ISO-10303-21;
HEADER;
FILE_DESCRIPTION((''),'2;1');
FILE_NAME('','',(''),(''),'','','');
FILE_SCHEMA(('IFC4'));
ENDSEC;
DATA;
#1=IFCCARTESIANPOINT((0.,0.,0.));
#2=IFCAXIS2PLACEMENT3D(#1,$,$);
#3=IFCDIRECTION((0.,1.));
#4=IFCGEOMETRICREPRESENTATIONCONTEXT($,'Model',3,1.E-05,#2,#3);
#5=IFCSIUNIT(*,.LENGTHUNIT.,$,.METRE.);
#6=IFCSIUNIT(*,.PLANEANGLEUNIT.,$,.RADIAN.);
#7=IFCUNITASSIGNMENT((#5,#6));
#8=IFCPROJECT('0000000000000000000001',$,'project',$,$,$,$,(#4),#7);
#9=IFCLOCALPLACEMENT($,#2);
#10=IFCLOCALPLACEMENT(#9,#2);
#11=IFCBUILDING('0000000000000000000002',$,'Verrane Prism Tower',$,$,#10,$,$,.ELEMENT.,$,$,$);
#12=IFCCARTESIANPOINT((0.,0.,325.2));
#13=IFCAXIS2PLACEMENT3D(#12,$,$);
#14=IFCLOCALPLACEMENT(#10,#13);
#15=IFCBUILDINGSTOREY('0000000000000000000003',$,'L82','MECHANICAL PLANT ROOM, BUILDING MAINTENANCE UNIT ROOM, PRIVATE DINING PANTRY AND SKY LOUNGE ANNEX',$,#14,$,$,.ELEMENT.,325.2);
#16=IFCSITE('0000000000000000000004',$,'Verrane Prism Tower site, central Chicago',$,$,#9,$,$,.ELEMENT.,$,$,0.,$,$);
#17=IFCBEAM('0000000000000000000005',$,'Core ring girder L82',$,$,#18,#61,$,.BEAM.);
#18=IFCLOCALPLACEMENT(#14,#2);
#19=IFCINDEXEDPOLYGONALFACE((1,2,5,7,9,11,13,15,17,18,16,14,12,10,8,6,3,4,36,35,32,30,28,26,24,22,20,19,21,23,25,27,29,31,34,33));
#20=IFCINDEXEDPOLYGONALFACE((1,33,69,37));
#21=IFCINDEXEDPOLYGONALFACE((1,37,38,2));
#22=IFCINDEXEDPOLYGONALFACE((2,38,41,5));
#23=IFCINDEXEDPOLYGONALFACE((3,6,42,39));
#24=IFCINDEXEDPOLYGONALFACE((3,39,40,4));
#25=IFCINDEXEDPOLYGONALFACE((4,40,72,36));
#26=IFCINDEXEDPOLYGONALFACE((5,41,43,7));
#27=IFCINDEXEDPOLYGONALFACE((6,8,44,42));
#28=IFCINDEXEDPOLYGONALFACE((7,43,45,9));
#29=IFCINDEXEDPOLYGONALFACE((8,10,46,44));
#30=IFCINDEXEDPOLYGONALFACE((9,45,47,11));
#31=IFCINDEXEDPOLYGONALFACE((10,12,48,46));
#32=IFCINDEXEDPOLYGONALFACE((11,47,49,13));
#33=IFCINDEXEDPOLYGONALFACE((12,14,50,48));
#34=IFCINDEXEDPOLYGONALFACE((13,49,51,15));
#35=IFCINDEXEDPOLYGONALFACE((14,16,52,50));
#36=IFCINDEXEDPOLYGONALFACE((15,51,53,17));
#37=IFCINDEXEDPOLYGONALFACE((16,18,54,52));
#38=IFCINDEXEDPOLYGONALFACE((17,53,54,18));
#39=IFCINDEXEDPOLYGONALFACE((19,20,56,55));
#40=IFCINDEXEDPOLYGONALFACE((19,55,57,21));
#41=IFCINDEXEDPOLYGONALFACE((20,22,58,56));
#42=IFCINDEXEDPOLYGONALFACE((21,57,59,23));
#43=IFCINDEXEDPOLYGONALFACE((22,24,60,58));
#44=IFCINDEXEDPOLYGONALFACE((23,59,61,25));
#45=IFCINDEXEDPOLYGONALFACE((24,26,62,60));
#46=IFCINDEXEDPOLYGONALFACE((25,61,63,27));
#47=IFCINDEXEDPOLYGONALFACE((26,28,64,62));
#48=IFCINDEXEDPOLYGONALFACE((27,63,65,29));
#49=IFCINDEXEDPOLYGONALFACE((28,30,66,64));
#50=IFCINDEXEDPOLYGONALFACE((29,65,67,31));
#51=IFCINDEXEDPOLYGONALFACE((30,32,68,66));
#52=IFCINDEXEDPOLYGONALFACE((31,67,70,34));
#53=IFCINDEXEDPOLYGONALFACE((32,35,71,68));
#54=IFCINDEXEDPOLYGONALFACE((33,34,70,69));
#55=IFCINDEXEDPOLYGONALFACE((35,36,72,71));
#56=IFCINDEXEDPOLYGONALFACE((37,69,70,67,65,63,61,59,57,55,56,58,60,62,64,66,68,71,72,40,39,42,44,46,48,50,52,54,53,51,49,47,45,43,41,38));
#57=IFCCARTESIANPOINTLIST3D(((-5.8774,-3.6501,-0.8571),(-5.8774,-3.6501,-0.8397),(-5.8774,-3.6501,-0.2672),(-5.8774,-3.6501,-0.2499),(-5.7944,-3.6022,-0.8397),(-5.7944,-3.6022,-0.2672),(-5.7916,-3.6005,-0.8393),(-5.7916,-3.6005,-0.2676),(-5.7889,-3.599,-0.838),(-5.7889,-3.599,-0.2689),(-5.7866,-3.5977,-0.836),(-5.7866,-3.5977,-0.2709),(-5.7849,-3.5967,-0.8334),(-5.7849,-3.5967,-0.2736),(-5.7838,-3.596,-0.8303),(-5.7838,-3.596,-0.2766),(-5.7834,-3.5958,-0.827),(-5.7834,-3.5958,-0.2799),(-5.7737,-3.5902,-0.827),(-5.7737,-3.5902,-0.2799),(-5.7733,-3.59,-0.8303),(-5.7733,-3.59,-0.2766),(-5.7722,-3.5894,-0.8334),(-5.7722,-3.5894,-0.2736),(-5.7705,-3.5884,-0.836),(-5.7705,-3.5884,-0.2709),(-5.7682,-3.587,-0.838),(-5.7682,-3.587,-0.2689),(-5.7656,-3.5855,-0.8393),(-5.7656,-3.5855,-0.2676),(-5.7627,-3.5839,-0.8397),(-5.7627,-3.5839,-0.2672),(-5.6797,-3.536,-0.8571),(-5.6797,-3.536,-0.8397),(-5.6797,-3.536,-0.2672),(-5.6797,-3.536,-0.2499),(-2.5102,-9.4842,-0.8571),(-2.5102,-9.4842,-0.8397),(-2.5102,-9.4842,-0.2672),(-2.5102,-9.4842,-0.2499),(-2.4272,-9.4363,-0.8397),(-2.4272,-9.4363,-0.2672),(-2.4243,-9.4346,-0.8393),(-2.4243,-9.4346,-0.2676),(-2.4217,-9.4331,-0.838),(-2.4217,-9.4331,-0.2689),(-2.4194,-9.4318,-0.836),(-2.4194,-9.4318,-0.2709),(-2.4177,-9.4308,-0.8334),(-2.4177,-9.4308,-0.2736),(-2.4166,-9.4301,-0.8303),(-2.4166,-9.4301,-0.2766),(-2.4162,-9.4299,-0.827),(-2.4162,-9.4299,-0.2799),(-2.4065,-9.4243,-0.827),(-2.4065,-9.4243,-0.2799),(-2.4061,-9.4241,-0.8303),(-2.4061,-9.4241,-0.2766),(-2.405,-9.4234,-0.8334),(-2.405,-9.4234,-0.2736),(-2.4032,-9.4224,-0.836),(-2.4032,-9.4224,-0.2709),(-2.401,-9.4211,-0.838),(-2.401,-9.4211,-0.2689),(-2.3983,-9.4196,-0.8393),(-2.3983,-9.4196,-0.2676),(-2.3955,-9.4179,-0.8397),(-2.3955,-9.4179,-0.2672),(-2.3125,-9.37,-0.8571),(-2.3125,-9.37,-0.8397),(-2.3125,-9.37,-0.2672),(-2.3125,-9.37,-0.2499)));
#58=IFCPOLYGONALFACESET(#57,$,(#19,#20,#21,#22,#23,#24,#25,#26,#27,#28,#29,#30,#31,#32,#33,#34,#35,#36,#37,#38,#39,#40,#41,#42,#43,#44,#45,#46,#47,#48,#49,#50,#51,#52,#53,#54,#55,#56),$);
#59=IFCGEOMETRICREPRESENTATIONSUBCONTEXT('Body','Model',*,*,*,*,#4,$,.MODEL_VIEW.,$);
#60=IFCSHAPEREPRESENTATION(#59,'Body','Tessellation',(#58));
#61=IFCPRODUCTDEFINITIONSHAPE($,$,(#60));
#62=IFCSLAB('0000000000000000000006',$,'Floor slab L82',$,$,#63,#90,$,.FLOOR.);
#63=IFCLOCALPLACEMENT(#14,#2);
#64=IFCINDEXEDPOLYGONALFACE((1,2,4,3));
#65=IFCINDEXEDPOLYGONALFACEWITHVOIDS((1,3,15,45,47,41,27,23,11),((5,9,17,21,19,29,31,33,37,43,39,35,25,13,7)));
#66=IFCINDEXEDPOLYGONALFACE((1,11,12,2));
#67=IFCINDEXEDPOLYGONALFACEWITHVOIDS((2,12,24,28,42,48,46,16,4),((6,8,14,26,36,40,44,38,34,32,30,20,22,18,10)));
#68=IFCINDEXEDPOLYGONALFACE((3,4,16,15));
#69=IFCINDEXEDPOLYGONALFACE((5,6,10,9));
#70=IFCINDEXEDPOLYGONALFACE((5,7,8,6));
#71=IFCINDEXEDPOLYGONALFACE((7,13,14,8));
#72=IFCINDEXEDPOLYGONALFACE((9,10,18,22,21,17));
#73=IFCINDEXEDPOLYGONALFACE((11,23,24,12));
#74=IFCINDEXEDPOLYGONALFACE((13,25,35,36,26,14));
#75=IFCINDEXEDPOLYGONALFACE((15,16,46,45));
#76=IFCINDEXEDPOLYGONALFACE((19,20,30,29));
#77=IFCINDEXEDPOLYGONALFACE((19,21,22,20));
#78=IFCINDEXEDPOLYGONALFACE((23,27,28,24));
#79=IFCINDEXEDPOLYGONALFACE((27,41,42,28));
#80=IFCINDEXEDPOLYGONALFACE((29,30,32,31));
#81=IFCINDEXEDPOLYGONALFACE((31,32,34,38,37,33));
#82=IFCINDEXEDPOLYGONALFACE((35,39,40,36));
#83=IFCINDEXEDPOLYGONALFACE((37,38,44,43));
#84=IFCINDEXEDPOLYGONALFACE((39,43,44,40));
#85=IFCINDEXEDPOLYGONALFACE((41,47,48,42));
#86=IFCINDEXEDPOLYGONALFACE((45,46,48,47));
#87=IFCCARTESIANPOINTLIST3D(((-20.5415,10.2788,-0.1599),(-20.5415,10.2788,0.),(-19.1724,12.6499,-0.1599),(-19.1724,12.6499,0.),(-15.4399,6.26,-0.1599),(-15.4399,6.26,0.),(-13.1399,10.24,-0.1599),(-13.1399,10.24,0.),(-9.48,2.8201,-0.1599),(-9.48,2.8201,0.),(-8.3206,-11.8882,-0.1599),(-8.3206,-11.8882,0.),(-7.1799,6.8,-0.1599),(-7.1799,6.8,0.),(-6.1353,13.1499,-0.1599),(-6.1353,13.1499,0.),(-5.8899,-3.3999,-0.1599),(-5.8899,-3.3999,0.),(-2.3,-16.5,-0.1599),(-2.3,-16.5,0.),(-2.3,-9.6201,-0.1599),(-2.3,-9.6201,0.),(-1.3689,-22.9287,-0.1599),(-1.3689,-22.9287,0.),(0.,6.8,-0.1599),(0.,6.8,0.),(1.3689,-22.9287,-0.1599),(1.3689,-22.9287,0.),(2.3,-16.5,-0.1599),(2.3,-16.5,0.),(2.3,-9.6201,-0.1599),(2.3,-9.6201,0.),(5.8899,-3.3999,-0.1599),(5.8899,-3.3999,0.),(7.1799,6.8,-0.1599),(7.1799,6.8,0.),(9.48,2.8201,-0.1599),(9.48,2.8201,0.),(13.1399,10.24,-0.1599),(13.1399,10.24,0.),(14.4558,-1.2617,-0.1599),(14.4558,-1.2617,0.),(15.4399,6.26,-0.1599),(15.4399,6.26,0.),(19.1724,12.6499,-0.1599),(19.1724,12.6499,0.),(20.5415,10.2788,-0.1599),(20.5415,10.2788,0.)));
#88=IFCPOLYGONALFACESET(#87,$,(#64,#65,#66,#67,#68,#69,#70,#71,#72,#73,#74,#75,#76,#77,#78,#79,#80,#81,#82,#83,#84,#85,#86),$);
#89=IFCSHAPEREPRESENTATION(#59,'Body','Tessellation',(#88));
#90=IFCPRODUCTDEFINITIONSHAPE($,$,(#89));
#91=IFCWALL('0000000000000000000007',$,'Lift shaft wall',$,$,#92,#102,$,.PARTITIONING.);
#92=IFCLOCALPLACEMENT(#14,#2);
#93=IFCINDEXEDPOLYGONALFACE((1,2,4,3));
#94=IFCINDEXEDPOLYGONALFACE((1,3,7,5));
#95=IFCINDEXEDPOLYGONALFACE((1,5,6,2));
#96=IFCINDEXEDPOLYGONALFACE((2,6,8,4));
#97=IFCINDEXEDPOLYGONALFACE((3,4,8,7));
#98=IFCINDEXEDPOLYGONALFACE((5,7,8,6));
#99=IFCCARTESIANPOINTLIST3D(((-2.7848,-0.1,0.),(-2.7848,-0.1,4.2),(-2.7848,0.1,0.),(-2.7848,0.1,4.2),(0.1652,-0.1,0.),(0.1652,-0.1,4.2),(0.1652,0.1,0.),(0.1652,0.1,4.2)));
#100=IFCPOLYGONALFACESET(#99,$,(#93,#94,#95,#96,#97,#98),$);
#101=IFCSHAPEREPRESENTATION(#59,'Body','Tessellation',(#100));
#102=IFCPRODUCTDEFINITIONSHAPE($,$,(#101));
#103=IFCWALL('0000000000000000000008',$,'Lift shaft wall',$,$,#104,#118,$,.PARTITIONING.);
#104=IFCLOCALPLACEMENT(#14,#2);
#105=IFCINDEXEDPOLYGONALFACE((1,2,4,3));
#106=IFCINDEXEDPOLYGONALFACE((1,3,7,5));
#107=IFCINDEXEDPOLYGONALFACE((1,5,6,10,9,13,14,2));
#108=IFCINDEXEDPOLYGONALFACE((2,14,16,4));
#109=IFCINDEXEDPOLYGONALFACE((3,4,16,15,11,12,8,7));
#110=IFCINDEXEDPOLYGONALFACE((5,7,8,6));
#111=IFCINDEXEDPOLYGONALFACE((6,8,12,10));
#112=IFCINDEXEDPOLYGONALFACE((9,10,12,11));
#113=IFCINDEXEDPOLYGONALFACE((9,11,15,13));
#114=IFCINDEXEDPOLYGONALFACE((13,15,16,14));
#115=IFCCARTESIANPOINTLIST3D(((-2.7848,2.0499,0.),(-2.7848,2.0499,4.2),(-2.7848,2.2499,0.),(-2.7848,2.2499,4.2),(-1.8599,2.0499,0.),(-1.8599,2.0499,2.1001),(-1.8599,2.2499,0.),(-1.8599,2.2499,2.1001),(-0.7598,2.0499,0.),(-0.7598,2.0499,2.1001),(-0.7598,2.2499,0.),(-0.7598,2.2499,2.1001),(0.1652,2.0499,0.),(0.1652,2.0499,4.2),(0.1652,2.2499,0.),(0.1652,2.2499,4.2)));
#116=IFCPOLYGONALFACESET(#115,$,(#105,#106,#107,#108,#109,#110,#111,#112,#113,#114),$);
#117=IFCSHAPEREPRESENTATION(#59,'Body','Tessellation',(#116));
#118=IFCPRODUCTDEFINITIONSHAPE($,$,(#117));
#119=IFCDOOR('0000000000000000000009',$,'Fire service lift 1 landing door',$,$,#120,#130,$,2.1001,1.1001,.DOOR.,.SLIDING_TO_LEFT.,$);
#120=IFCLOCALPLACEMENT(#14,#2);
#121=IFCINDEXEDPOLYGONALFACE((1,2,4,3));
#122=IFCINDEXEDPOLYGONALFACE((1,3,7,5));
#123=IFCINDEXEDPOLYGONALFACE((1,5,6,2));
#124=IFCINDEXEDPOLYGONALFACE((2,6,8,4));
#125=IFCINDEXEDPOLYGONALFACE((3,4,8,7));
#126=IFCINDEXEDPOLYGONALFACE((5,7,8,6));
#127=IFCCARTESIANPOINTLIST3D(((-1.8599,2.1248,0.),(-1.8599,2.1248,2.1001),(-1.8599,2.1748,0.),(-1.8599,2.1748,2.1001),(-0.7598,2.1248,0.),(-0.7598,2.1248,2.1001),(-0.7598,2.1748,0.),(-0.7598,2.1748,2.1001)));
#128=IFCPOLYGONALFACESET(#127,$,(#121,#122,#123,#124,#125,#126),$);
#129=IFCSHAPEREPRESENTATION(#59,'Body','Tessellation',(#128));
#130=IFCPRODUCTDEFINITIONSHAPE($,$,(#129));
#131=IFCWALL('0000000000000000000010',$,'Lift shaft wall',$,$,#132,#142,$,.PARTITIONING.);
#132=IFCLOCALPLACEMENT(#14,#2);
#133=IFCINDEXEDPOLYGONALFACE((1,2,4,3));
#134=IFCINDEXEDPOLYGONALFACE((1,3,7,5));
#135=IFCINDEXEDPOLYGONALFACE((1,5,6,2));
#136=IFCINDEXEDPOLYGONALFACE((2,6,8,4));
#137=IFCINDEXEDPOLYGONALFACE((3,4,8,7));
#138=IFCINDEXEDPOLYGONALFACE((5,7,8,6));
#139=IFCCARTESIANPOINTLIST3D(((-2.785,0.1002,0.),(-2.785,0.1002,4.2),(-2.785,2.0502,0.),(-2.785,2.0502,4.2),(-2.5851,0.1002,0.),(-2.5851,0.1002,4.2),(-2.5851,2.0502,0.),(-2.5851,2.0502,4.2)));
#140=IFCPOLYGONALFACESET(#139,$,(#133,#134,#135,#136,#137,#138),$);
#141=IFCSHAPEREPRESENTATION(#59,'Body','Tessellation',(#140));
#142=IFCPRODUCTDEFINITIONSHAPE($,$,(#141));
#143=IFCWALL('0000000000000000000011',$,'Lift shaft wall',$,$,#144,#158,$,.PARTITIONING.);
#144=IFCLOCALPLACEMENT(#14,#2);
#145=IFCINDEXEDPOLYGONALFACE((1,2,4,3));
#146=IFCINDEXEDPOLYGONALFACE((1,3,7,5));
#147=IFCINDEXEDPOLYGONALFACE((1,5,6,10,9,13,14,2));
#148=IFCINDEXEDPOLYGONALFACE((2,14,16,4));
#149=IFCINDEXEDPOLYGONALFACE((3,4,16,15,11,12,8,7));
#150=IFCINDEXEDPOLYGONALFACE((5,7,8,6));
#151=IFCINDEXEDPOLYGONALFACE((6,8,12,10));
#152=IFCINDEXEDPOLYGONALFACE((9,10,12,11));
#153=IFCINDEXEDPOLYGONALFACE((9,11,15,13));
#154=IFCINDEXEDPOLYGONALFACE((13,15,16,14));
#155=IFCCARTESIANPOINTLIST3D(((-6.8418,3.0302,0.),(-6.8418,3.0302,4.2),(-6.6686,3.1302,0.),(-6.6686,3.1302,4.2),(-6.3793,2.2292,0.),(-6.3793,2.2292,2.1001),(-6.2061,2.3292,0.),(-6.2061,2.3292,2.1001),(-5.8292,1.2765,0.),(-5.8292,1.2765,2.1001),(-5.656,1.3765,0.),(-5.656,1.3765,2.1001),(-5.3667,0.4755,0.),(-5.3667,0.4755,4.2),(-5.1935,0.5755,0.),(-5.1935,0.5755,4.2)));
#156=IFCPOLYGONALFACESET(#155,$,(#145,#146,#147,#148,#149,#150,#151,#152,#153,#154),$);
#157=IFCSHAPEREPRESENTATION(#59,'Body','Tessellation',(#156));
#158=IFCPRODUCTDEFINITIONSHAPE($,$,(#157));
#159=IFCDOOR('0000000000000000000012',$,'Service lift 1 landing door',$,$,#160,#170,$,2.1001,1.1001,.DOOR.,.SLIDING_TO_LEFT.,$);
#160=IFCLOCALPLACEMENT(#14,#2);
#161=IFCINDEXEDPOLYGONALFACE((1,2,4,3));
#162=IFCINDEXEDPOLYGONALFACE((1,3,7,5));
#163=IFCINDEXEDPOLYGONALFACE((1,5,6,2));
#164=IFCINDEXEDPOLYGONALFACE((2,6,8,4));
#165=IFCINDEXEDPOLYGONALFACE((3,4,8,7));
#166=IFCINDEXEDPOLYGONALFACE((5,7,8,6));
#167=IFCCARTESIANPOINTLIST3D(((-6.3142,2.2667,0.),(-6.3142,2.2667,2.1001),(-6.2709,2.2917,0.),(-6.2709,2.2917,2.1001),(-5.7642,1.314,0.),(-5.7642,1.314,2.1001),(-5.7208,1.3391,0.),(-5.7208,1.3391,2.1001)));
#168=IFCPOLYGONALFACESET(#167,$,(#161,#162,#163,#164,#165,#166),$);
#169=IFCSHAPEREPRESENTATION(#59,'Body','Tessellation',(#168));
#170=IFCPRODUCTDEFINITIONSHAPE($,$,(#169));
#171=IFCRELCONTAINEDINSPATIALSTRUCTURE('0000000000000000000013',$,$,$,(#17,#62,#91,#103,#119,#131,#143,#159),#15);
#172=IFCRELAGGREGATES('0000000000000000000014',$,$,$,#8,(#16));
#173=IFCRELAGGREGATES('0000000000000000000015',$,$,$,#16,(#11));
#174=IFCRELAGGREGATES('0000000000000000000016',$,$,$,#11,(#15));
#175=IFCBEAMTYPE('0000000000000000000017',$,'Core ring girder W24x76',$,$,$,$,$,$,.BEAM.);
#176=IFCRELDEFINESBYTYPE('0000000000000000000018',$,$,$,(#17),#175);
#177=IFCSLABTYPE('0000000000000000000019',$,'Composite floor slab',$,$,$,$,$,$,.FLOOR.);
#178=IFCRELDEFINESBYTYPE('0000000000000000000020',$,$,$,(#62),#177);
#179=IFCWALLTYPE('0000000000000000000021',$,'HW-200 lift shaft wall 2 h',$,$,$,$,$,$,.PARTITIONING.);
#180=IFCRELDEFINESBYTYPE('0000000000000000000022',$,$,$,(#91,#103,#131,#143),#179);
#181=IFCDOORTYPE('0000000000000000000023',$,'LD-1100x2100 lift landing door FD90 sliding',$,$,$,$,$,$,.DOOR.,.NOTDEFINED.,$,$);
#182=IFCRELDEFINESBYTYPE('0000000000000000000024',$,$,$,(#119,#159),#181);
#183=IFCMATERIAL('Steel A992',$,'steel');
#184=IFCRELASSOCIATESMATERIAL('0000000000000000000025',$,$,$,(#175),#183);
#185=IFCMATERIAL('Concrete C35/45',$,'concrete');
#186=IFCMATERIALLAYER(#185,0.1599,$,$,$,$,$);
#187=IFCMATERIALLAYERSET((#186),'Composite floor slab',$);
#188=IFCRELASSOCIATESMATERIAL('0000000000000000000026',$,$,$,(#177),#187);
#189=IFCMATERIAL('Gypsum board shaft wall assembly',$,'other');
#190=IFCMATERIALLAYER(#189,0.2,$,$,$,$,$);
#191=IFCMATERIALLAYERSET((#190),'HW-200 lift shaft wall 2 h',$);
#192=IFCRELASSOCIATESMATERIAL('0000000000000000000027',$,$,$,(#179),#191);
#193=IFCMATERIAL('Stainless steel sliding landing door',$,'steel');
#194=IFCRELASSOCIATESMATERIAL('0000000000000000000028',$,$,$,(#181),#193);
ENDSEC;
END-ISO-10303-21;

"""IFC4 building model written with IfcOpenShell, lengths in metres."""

from ifc_helpers import new_model, si_unit, direction, frame, frame_2d, origin, origin_2d, place, context, subcontext, project, spatial, polyline, rectangle, i_section, outline, extrude, material, layer, layer_set, material_profile, profile_set, type_object, element, fill, save


model = new_model("IFC4")

# Units and contexts
model_context = context("Model", 3, precision=1e-05, world=origin(), true_north=direction((0.0, 1.0)))
body_context = subcontext(model_context, "Body", "Model", "MODEL_VIEW")
ifc_project = project(units=[si_unit("LENGTHUNIT", "METRE"), si_unit("PLANEANGLEUNIT", "RADIAN")], contexts=[model_context])

# Site, building, storey
site_placement = place(None, origin())
site = spatial("IfcSite", under=ifc_project, at=site_placement, Name="Verrane Prism Tower site, central Chicago", CompositionType="ELEMENT", RefElevation=0.0)
building_placement = place(site_placement, origin())
building = spatial("IfcBuilding", under=site, at=building_placement, Name="Verrane Prism Tower", CompositionType="ELEMENT")
storey_placement = place(building_placement, frame((0.0, 0.0, 325.2)))
storey = spatial("IfcBuildingStorey", under=building, at=storey_placement, Name="L82", Description="MECHANICAL PLANT ROOM, BUILDING MAINTENANCE UNIT ROOM, PRIVATE DINING PANTRY AND SKY LOUNGE ANNEX", CompositionType="ELEMENT", Elevation=325.2)

# Beam
ifc_material_1 = material(Name="Steel A992", Category="steel")
ifc_material_profile = material_profile(ifc_material_1, i_section(OverallWidth=0.2283, OverallDepth=0.6072, WebThickness=0.0112, FlangeThickness=0.0173, FilletRadius=0.0127, at=origin_2d()), Name="W24x76")
ifc_profile_set = profile_set([ifc_material_profile], Name="Steel A992")
beam_type = type_object("IfcBeamType", Name="Core ring girder W24x76", PredefinedType="BEAM", material=ifc_profile_set)
beam_placement = place(storey_placement, frame((-5.7786, -3.593, -0.5535), z_axis=(0.499881, -0.866094, 0.0), x_axis=(0.866094, 0.499881, 0.0)))
element("IfcBeam", 1, at=beam_placement, inside=storey, type_object=beam_type, Name="Core ring girder L82", PredefinedType="BEAM", context=body_context, shape_type="SweptSolid", body=[
    extrude(i_section(OverallWidth=0.2283, OverallDepth=0.6072, WebThickness=0.0112, FlangeThickness=0.0173, FilletRadius=0.0127, at=origin_2d()), origin(), (0.0, 0.0, 1.0), 6.7361),
])

# Slab
ifc_material_2 = material(Name="Concrete C35/45", Category="concrete")
ifc_layer_1 = layer(ifc_material_2, 0.1599)
ifc_layer_set_1 = layer_set([ifc_layer_1], Name="Composite floor slab")
slab_type = type_object("IfcSlabType", Name="Composite floor slab", PredefinedType="FLOOR", material=ifc_layer_set_1)
slab_placement = place(storey_placement, frame((0.0, 0.0, -0.1599)))
element("IfcSlab", 2, at=slab_placement, inside=storey, type_object=slab_type, Name="Floor slab L82", PredefinedType="FLOOR", context=body_context, shape_type="SweptSolid", body=[
    extrude(outline(polyline([(14.4558, -1.2617), (1.3689, -22.9287), (-1.3689, -22.9287), (-8.3206, -11.8882), (-20.5415, 10.2788), (-19.1724, 12.6499), (-6.1353, 13.1499), (19.1724, 12.6499), (20.5415, 10.2788), (14.4558, -1.2617)]), holes=[polyline([(15.4399, 6.26), (13.1399, 10.24), (7.1799, 6.8), (0.0, 6.8), (-7.1799, 6.8), (-13.1399, 10.24), (-15.4399, 6.26), (-9.48, 2.8201), (-5.8899, -3.3999), (-2.3, -9.6201), (-2.3, -16.5), (2.3, -16.5), (2.3, -9.6201), (5.8899, -3.3999), (9.48, 2.8201), (15.4399, 6.26)])]), origin(), (0.0, 0.0, 1.0), 0.1599),
])

# Wall
ifc_material_3 = material(Name="Gypsum board shaft wall assembly", Category="other")
ifc_layer_2 = layer(ifc_material_3, 0.2)
ifc_layer_set_2 = layer_set([ifc_layer_2], Name="HW-200 lift shaft wall 2 h")
wall_type_1 = type_object("IfcWallType", Name="HW-200 lift shaft wall 2 h", PredefinedType="PARTITIONING", material=ifc_layer_set_2)
wall_1_placement = place(storey_placement, frame((-2.7849, 0.0, 0.0), z_axis=(0.0, 0.0, 1.0), x_axis=(1.0, 0.0, 0.0)))
element("IfcWall", 3, at=wall_1_placement, inside=storey, type_object=wall_type_1, Name="Lift shaft wall", PredefinedType="PARTITIONING", context=body_context, shape_type="SweptSolid", body=[
    extrude(rectangle(XDim=2.95, YDim=0.2, at=frame_2d((1.4751, 0.0))), origin(), (0.0, 0.0, 1.0), 4.2),
])

# Wall, opening, door
wall_2_placement = place(storey_placement, frame((-2.7849, 2.1499, 0.0), z_axis=(0.0, 0.0, 1.0), x_axis=(1.0, 0.0, 0.0)))
wall_2 = element("IfcWall", 4, at=wall_2_placement, inside=storey, type_object=wall_type_1, Name="Lift shaft wall", PredefinedType="PARTITIONING", context=body_context, shape_type="SweptSolid", body=[
    extrude(rectangle(XDim=2.95, YDim=0.2, at=frame_2d((1.4751, 0.0))), origin(), (0.0, 0.0, 1.0), 4.2),
])
opening_1_placement = place(wall_2_placement, frame((0.925, 0.0, 0.0)))
opening_1 = element("IfcOpeningElement", 5, at=opening_1_placement, cuts=wall_2, PredefinedType="OPENING", context=body_context, shape_type="SweptSolid", body=[
    extrude(rectangle(XDim=1.1001, YDim=2.1001, at=frame_2d((0.55, 1.05))), frame((0.0, 0.1099, 0.0), z_axis=(0.0, -1.0, 0.0), x_axis=(1.0, 0.0, 0.0)), (0.0, 0.0, 1.0), 0.22),
])
ifc_material_4 = material(Name="Stainless steel sliding landing door", Category="steel")
door_type_1 = type_object("IfcDoorType", Name="LD-1100x2100 lift landing door FD90 sliding", OperationType="NOTDEFINED", PredefinedType="DOOR", material=ifc_material_4)
door_1_placement = place(opening_1_placement, origin())
door_1 = element("IfcDoor", 6, at=door_1_placement, inside=storey, type_object=door_type_1, Name="Fire service lift 1 landing door", OperationType="SLIDING_TO_LEFT", OverallHeight=2.1001, OverallWidth=1.1001, PredefinedType="DOOR", context=body_context, shape_type="SweptSolid", body=[
    extrude(rectangle(XDim=1.1001, YDim=2.1001, at=frame_2d((0.55, 1.05))), frame((0.0, 0.0249, 0.0), z_axis=(0.0, -1.0, 0.0), x_axis=(1.0, 0.0, 0.0)), (0.0, 0.0, 1.0), 0.05),
])
fill(opening_1, door_1)

# Wall
wall_3_placement = place(storey_placement, frame((-2.6851, 0.1001, 0.0), z_axis=(0.0, 0.0, 1.0), x_axis=(0.0, 1.0, 0.0)))
element("IfcWall", 7, at=wall_3_placement, inside=storey, type_object=wall_type_1, Name="Lift shaft wall", PredefinedType="PARTITIONING", context=body_context, shape_type="SweptSolid", body=[
    extrude(rectangle(XDim=1.95, YDim=0.2, at=frame_2d((0.9751, 0.0))), origin(), (0.0, 0.0, 1.0), 4.2),
])

# Wall, opening, door
wall_4_placement = place(storey_placement, frame((-5.28, 0.5254, 0.0), z_axis=(0.0, 0.0, 1.0), x_axis=(-0.500038, 0.866004, 0.0)))
wall_4 = element("IfcWall", 8, at=wall_4_placement, inside=storey, type_object=wall_type_1, Name="Lift shaft wall", PredefinedType="PARTITIONING", context=body_context, shape_type="SweptSolid", body=[
    extrude(rectangle(XDim=2.95, YDim=0.2, at=frame_2d((1.4751, 0.0))), origin(), (0.0, 0.0, 1.0), 4.2),
])
opening_2_placement = place(wall_4_placement, frame((0.925, 0.0, 0.0)))
opening_2 = element("IfcOpeningElement", 9, at=opening_2_placement, cuts=wall_4, PredefinedType="OPENING", context=body_context, shape_type="SweptSolid", body=[
    extrude(rectangle(XDim=1.1001, YDim=2.1001, at=frame_2d((0.55, 1.05))), frame((0.0, 0.1099, 0.0), z_axis=(0.0, -1.0, 0.0), x_axis=(1.0, 0.0, 0.0)), (0.0, 0.0, 1.0), 0.22),
])
door_2_placement = place(opening_2_placement, origin())
door_2 = element("IfcDoor", 10, at=door_2_placement, inside=storey, type_object=door_type_1, Name="Service lift 1 landing door", OperationType="SLIDING_TO_LEFT", OverallHeight=2.1001, OverallWidth=1.1001, PredefinedType="DOOR", context=body_context, shape_type="SweptSolid", body=[
    extrude(rectangle(XDim=1.1001, YDim=2.1001, at=frame_2d((0.55, 1.05))), frame((0.0, 0.0249, 0.0), z_axis=(0.0, -1.0, 0.0), x_axis=(1.0, 0.0, 0.0)), (0.0, 0.0, 1.0), 0.05),
])
fill(opening_2, door_2)

save(model, "model.ifc")
